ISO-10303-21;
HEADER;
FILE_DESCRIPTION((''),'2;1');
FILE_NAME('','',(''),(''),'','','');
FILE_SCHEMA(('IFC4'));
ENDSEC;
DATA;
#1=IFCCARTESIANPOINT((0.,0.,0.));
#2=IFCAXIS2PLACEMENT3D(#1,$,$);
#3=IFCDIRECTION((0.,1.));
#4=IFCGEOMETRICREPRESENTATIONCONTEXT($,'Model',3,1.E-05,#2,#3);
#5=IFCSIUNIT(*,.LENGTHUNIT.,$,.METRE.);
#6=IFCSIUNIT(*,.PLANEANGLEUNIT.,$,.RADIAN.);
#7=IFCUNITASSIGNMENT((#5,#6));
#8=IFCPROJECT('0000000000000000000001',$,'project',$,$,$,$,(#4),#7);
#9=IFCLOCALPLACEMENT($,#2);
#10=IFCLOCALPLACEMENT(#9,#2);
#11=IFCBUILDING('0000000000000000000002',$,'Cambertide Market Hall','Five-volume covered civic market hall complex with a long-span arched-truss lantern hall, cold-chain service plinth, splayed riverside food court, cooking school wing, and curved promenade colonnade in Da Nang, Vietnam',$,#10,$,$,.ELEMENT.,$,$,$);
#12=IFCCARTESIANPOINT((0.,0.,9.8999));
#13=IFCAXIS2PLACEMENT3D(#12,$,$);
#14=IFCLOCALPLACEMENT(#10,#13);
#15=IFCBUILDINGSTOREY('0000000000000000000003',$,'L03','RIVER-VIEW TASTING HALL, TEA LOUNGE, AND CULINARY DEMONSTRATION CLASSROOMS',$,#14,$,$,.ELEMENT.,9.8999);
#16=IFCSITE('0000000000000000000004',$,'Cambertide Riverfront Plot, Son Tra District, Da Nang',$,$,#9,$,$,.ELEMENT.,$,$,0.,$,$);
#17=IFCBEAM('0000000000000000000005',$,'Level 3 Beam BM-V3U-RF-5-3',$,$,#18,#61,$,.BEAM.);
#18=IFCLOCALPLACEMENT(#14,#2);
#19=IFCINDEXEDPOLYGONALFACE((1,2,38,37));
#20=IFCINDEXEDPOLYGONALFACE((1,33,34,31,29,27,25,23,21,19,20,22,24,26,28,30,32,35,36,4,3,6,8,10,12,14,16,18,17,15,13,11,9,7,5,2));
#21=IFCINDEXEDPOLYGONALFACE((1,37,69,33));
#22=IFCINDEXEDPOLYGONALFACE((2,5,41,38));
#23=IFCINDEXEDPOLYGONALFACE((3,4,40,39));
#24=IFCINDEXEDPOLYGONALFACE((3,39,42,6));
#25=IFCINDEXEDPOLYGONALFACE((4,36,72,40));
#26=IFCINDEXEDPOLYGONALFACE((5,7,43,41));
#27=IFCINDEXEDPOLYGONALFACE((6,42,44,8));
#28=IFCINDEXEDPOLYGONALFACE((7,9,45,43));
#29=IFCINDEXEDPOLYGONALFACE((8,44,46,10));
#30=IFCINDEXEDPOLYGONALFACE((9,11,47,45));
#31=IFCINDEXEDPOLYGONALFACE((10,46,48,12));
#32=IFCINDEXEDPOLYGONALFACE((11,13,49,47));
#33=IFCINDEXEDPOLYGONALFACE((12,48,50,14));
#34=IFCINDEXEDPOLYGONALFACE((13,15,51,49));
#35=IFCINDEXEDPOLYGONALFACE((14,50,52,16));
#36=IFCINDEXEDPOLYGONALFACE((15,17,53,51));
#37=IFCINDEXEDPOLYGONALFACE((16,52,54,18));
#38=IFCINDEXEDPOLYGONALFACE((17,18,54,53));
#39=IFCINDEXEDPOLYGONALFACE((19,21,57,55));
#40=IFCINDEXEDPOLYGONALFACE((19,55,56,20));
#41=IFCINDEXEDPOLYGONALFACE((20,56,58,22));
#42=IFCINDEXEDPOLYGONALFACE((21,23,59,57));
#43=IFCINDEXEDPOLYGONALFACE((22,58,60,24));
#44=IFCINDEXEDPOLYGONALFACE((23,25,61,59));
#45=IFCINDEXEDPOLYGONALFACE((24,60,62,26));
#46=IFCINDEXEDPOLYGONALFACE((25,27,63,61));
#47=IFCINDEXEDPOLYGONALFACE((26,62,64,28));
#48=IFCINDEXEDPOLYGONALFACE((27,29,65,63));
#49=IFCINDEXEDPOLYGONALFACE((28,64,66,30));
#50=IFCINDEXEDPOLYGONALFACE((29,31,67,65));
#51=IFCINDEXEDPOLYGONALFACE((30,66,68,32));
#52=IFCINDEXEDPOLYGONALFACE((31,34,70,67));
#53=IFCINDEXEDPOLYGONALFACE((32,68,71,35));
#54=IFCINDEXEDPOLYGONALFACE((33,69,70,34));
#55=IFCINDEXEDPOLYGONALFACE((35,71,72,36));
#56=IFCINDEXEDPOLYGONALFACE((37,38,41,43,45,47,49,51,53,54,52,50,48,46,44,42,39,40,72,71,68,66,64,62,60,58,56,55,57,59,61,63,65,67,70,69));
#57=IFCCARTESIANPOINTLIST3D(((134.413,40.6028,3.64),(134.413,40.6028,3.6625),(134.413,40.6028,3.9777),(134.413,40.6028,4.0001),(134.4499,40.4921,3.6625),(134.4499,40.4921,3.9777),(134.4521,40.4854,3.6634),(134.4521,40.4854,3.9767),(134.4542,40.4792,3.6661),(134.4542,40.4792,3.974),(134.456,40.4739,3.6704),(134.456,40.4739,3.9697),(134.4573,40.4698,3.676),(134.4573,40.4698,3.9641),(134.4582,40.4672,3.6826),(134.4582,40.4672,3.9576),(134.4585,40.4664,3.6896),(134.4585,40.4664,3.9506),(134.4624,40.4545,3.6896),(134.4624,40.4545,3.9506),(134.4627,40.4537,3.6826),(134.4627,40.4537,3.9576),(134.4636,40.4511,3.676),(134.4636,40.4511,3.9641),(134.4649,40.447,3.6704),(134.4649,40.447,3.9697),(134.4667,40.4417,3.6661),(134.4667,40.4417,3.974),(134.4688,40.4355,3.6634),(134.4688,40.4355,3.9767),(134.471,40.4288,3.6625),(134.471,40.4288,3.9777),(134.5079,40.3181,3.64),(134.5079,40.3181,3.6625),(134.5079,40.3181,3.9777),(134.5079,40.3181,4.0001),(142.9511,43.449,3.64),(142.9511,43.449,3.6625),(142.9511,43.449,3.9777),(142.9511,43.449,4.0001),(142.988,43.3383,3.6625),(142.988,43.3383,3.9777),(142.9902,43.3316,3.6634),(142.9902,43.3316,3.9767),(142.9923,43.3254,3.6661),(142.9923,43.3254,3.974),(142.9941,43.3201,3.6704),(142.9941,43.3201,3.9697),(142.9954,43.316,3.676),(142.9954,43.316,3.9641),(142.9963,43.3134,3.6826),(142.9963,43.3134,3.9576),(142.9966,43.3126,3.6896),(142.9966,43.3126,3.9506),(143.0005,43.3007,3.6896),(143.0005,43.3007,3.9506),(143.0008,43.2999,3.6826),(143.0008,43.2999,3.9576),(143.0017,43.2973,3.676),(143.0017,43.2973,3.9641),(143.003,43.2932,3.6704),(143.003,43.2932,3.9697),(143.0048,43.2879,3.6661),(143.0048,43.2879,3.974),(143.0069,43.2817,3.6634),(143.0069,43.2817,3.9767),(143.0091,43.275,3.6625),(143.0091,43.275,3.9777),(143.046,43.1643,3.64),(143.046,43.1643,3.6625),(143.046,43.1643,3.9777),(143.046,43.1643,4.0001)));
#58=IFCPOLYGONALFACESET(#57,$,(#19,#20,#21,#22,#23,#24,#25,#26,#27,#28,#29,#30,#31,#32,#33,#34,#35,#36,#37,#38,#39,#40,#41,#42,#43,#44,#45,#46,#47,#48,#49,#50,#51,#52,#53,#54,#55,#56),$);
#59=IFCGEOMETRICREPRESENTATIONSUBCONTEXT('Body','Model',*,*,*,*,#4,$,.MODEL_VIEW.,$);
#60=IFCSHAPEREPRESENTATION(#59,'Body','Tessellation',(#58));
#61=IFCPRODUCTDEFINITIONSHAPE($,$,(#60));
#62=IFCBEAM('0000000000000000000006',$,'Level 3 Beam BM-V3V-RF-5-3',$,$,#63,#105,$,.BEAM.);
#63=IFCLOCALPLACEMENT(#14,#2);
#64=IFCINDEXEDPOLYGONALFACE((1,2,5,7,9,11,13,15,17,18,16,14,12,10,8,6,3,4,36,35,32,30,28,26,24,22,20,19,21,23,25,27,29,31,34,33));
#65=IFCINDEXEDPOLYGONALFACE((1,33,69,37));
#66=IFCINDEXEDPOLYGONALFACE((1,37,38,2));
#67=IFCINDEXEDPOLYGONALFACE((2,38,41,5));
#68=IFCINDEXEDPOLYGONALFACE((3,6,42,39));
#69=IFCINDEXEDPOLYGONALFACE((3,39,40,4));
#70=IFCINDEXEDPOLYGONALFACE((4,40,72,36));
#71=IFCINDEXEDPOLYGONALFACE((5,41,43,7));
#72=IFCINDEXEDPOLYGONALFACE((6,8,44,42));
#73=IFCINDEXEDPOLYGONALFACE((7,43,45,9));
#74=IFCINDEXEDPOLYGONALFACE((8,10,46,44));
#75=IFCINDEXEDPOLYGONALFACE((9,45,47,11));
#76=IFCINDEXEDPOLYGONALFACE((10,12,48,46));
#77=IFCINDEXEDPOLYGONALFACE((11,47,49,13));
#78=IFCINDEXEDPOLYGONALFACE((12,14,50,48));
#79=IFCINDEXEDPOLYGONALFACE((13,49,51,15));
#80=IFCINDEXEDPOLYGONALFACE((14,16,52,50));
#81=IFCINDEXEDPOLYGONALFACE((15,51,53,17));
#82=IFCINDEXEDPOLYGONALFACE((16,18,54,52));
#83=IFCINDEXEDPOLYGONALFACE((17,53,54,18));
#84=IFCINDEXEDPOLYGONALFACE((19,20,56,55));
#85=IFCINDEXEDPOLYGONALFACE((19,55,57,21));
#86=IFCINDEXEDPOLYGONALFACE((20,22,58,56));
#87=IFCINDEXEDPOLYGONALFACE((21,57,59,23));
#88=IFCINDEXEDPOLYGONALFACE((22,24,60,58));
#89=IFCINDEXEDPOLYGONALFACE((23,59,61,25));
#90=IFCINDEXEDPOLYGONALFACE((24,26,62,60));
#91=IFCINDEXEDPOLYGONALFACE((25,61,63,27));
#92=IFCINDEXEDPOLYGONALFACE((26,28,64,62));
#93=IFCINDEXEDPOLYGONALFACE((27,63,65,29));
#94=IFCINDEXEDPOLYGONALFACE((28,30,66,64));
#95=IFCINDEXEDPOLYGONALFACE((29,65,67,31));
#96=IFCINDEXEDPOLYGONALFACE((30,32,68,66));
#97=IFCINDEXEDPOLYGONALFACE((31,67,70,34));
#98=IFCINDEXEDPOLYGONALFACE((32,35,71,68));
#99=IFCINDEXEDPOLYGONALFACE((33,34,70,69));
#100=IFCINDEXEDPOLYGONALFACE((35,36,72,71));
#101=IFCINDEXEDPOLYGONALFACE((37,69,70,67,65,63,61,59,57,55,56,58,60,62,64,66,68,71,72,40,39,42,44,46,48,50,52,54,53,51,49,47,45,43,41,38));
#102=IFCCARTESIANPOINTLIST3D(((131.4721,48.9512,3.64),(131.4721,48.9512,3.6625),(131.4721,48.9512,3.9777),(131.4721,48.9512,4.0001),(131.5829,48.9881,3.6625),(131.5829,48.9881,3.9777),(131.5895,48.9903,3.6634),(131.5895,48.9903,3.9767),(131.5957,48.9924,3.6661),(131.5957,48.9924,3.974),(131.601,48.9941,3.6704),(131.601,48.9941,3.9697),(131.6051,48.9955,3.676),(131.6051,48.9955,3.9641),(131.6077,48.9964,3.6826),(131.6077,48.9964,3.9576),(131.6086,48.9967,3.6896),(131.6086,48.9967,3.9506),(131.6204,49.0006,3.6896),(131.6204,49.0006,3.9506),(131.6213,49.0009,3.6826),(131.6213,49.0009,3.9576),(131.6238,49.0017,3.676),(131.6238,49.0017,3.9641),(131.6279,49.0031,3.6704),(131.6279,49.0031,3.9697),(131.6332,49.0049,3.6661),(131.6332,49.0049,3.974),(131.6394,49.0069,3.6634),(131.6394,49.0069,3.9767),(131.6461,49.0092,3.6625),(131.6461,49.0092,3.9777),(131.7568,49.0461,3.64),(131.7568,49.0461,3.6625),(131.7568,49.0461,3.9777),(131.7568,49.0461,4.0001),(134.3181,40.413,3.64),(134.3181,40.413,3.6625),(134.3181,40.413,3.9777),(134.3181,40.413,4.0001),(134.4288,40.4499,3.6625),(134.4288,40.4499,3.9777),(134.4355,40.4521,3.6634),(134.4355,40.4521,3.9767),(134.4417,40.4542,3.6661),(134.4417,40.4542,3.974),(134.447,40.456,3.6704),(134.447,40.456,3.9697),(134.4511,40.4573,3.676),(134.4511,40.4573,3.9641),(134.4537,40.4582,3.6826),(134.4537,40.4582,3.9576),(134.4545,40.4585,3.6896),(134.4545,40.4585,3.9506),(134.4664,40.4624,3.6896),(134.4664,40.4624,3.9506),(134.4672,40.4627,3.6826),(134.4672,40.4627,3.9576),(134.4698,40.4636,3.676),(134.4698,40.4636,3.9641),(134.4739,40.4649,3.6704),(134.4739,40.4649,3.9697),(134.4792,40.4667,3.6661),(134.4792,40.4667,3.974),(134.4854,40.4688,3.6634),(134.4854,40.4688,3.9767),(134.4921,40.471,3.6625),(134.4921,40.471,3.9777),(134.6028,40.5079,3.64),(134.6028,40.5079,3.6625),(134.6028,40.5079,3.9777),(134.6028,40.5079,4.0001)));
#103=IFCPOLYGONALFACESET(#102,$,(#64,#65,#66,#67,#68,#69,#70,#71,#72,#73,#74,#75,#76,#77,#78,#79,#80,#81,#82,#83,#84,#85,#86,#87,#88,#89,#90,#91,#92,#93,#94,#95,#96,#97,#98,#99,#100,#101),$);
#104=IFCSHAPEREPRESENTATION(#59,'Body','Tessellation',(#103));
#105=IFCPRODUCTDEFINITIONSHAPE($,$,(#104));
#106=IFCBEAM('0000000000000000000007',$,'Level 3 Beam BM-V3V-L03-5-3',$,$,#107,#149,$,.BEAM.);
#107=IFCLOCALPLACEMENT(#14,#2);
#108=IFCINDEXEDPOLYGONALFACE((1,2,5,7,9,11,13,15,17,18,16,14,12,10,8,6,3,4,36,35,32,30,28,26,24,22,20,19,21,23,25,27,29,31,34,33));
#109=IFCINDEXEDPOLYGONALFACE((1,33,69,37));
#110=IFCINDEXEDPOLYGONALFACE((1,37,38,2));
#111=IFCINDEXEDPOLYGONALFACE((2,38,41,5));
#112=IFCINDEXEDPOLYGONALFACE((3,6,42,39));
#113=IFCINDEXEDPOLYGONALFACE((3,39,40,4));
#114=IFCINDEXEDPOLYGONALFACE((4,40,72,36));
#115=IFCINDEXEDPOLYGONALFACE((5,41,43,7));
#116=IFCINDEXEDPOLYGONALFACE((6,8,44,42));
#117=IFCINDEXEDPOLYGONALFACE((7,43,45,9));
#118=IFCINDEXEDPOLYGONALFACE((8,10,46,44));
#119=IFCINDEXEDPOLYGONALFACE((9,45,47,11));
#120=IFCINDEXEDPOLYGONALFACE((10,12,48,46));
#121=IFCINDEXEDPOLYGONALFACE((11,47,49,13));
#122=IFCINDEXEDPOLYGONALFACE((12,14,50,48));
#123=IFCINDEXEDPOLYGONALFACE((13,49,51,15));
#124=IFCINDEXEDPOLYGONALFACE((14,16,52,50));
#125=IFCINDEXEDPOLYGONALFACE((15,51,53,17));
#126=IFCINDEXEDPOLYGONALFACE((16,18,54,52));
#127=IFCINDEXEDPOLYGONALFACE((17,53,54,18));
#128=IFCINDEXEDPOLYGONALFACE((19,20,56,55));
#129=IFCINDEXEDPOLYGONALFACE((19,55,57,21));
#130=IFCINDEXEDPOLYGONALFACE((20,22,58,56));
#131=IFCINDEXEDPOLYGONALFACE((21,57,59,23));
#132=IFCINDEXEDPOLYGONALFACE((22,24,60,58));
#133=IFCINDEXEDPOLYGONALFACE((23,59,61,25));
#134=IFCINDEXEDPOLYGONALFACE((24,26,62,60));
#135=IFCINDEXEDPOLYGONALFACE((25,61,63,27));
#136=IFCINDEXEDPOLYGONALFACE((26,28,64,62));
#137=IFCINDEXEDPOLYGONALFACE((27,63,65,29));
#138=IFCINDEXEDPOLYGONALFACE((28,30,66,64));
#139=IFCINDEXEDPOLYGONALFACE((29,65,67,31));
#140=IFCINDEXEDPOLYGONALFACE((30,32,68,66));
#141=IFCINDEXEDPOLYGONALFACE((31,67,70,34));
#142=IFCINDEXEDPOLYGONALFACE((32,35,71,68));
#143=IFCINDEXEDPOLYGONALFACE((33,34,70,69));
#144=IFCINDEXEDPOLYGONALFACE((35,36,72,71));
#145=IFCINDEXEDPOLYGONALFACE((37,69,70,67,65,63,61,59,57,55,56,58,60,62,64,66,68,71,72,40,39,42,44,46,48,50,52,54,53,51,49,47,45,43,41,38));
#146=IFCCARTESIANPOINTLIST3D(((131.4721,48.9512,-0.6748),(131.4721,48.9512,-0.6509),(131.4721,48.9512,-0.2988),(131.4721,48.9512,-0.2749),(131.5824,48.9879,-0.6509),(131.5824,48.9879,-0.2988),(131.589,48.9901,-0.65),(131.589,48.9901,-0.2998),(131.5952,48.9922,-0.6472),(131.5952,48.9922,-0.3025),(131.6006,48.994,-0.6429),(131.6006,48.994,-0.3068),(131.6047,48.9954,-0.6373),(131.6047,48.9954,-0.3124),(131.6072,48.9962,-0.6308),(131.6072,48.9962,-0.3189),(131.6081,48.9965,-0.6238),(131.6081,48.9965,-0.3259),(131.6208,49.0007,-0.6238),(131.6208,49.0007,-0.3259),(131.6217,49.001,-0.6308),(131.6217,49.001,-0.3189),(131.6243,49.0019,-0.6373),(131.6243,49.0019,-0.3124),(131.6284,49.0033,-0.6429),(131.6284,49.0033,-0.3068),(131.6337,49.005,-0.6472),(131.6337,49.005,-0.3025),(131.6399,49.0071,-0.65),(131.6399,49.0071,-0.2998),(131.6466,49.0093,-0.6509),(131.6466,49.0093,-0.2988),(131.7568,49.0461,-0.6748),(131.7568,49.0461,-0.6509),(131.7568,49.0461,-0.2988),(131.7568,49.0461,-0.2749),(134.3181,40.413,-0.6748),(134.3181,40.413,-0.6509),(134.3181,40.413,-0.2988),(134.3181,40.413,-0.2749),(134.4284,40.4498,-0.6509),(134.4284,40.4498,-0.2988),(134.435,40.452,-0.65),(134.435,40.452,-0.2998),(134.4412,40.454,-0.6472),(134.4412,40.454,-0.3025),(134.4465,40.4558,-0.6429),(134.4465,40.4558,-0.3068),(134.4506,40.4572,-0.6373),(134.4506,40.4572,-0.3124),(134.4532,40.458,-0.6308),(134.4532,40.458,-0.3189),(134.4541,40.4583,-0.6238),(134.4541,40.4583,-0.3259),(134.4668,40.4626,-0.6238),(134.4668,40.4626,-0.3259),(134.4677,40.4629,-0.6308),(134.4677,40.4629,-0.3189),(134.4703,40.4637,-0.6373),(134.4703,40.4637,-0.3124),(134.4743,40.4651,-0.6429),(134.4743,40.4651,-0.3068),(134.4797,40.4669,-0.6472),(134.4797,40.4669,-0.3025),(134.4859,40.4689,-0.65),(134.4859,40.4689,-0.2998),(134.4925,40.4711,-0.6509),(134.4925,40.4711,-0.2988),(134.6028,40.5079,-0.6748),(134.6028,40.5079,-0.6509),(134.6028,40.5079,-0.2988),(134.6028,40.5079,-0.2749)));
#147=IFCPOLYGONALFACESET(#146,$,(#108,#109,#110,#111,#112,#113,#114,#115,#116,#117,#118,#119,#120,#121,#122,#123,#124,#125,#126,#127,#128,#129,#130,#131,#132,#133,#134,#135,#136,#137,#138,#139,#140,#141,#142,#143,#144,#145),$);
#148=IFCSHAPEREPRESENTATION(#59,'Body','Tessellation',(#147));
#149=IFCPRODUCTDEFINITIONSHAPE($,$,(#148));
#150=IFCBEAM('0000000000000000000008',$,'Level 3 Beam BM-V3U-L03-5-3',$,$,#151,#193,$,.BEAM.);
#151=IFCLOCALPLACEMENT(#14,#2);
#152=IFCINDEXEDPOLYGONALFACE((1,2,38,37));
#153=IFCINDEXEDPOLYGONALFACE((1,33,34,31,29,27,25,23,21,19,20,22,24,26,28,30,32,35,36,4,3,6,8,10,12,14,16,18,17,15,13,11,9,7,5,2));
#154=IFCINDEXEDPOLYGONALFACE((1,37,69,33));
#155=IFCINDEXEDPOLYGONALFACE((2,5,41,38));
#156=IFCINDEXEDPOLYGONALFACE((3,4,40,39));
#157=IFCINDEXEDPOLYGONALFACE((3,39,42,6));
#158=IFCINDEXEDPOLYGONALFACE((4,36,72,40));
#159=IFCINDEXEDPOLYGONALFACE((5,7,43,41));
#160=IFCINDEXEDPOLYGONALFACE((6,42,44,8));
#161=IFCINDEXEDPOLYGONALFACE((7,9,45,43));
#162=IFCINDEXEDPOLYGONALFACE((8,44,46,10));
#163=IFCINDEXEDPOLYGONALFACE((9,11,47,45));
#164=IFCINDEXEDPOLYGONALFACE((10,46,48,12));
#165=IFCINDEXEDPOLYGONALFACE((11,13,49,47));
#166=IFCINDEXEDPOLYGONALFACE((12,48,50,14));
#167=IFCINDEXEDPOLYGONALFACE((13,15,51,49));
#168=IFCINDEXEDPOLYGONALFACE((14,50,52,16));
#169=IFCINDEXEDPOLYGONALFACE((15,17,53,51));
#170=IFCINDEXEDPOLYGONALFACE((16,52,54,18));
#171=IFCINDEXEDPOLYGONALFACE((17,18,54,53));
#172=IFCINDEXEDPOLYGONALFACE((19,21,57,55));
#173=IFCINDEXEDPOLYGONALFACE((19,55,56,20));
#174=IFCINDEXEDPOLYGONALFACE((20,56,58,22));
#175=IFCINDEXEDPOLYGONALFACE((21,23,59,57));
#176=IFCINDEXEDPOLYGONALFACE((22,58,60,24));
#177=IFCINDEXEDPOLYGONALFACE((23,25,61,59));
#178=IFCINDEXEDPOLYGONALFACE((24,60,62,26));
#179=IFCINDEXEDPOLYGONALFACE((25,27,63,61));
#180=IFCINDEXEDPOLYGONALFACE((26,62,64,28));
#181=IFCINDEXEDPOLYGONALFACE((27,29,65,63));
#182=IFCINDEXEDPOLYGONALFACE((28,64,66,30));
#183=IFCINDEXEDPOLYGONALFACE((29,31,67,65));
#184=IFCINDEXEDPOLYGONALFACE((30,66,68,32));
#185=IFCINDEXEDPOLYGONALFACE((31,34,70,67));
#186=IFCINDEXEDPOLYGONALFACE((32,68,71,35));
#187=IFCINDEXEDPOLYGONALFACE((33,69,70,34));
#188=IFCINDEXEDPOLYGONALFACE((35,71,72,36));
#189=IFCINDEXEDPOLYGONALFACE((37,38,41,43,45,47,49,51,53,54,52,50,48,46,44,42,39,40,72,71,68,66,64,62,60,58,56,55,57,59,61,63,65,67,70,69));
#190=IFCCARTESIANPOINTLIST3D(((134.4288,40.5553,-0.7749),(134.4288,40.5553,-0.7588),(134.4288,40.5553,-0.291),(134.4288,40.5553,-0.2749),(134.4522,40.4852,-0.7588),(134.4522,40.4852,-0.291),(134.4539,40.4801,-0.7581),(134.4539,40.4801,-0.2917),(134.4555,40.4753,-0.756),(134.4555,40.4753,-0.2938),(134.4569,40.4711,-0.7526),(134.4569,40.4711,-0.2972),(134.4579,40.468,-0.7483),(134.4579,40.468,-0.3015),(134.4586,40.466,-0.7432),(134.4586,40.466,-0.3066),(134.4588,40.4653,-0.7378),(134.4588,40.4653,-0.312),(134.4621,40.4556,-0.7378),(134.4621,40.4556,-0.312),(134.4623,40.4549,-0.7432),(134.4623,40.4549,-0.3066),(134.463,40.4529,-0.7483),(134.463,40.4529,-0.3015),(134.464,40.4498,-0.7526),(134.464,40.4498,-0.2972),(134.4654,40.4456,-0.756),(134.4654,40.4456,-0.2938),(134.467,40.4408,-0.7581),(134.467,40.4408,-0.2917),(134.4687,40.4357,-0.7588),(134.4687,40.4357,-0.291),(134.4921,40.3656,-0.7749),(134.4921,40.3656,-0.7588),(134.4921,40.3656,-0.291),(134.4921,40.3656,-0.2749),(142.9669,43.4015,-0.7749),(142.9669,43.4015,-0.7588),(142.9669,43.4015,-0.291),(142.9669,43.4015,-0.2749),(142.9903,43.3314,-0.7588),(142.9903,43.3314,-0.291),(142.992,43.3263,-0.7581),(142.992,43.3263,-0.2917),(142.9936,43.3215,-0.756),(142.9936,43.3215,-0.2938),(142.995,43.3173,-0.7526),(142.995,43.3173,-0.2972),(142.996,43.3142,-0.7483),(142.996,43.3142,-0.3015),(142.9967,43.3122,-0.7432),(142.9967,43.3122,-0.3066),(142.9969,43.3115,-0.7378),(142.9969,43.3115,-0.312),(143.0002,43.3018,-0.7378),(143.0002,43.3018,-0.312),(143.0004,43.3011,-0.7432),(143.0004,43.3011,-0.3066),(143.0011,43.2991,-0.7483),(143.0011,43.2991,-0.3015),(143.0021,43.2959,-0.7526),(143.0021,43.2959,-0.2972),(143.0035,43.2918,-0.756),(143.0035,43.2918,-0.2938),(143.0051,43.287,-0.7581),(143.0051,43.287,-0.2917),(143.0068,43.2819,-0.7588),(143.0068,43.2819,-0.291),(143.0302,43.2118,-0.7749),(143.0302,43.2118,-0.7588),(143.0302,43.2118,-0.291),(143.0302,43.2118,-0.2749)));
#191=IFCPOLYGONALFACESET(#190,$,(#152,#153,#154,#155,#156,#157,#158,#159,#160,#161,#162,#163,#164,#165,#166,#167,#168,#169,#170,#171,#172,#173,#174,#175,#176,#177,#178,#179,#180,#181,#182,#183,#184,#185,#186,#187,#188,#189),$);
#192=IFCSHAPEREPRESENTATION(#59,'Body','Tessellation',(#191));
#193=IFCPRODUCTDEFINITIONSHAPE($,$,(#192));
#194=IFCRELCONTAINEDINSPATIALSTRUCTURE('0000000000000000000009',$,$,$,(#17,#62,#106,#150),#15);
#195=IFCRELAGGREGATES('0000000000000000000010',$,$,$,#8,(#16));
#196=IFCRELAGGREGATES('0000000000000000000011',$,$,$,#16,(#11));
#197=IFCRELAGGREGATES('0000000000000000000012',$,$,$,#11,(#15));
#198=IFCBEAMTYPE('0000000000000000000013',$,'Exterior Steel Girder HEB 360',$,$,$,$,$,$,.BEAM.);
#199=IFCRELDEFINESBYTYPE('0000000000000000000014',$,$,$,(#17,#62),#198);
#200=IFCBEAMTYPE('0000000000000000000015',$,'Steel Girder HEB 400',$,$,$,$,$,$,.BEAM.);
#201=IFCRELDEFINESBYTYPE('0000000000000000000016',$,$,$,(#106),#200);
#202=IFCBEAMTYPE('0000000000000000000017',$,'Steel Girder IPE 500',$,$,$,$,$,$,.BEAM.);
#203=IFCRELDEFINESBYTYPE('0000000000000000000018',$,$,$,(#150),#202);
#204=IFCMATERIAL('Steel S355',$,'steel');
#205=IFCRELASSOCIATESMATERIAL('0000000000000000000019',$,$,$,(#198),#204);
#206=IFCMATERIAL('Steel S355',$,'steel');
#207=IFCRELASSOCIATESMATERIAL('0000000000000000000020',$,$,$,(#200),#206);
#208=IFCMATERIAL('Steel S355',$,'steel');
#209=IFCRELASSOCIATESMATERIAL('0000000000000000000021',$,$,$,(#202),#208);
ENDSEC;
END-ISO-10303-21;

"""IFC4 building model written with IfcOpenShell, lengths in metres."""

from ifc_helpers import new_model, si_unit, direction, frame, origin, origin_2d, place, context, subcontext, project, spatial, i_section, extrude, material, material_profile, profile_set, type_object, element, save


model = new_model("IFC4")

# Units and contexts
model_context = context("Model", 3, precision=1e-05, world=origin(), true_north=direction((0.0, 1.0)))
body_context = subcontext(model_context, "Body", "Model", "MODEL_VIEW")
ifc_project = project(units=[si_unit("LENGTHUNIT", "METRE"), si_unit("PLANEANGLEUNIT", "RADIAN")], contexts=[model_context])

# Site, building, storey
site_placement = place(None, origin())
site = spatial("IfcSite", under=ifc_project, at=site_placement, Name="Cambertide Riverfront Plot, Son Tra District, Da Nang", CompositionType="ELEMENT", RefElevation=0.0)
building_placement = place(site_placement, origin())
building = spatial("IfcBuilding", under=site, at=building_placement, Name="Cambertide Market Hall", Description="Five-volume covered civic market hall complex with a long-span arched-truss lantern hall, cold-chain service plinth, splayed riverside food court, cooking school wing, and curved promenade colonnade in Da Nang, Vietnam", CompositionType="ELEMENT")
storey_placement = place(building_placement, frame((0.0, 0.0, 9.8999)))
storey = spatial("IfcBuildingStorey", under=building, at=storey_placement, Name="L03", Description="RIVER-VIEW TASTING HALL, TEA LOUNGE, AND CULINARY DEMONSTRATION CLASSROOMS", CompositionType="ELEMENT", Elevation=9.8999)

# Beams
ifc_material_1 = material(Name="Steel S355", Category="steel")
ifc_material_profile_1 = material_profile(ifc_material_1, i_section(OverallWidth=0.3, OverallDepth=0.3601, WebThickness=0.0125, FlangeThickness=0.0225, FilletRadius=0.0271, at=origin_2d()), Name="HEB 360")
ifc_profile_set_1 = profile_set([ifc_material_profile_1], Name="Steel S355")
beam_type_1 = type_object("IfcBeamType", Name="Exterior Steel Girder HEB 360", PredefinedType="BEAM", material=ifc_profile_set_1)
for number, where, z_axis, x_axis, name in (
    (1, (134.4604, 40.4604, 3.8201), (0.948678, 0.316244, 0.0), (-0.316244, 0.948678, 0.0), "Level 3 Beam BM-V3U-RF-5-3"),
    (2, (134.4604, 40.4604, 3.8201), (-0.31622, 0.948686, 0.0), (-0.948686, -0.31622, 0.0), "Level 3 Beam BM-V3V-RF-5-3"),
):
    element("IfcBeam", number, at=place(storey_placement, frame(where, z_axis=z_axis, x_axis=x_axis)), inside=storey, type_object=beam_type_1, Name=name, PredefinedType="BEAM", context=body_context, shape_type="SweptSolid", body=[
        extrude(i_section(OverallWidth=0.3, OverallDepth=0.3601, WebThickness=0.0125, FlangeThickness=0.0225, FilletRadius=0.0271, at=origin_2d()), origin(), (0.0, 0.0, 1.0), 9.0),
    ])
ifc_material_2 = material(Name="Steel S355", Category="steel")
ifc_material_profile_2 = material_profile(ifc_material_2, i_section(OverallWidth=0.3, OverallDepth=0.3999, WebThickness=0.0134, FlangeThickness=0.0239, FilletRadius=0.0271, at=origin_2d()), Name="HEB 400")
ifc_profile_set_2 = profile_set([ifc_material_profile_2], Name="Steel S355")
beam_type_2 = type_object("IfcBeamType", Name="Steel Girder HEB 400", PredefinedType="BEAM", material=ifc_profile_set_2)
beam_1_placement = place(storey_placement, frame((134.4604, 40.4604, -0.4749), z_axis=(-0.31622, 0.948686, 0.0), x_axis=(-0.948686, -0.31622, 0.0)))
element("IfcBeam", 3, at=beam_1_placement, inside=storey, type_object=beam_type_2, Name="Level 3 Beam BM-V3V-L03-5-3", PredefinedType="BEAM", context=body_context, shape_type="SweptSolid", body=[
    extrude(i_section(OverallWidth=0.3, OverallDepth=0.3999, WebThickness=0.0134, FlangeThickness=0.0239, FilletRadius=0.0271, at=origin_2d()), origin(), (0.0, 0.0, 1.0), 9.0),
])
ifc_material_3 = material(Name="Steel S355", Category="steel")
ifc_material_profile_3 = material_profile(ifc_material_3, i_section(OverallWidth=0.2, OverallDepth=0.5, WebThickness=0.0103, FlangeThickness=0.0161, FilletRadius=0.021, at=origin_2d()), Name="IPE 500")
ifc_profile_set_3 = profile_set([ifc_material_profile_3], Name="Steel S355")
beam_type_3 = type_object("IfcBeamType", Name="Steel Girder IPE 500", PredefinedType="BEAM", material=ifc_profile_set_3)
beam_2_placement = place(storey_placement, frame((134.4604, 40.4604, -0.5249), z_axis=(0.948678, 0.316244, 0.0), x_axis=(-0.316244, 0.948678, 0.0)))
element("IfcBeam", 4, at=beam_2_placement, inside=storey, type_object=beam_type_3, Name="Level 3 Beam BM-V3U-L03-5-3", PredefinedType="BEAM", context=body_context, shape_type="SweptSolid", body=[
    extrude(i_section(OverallWidth=0.2, OverallDepth=0.5, WebThickness=0.0103, FlangeThickness=0.0161, FilletRadius=0.021, at=origin_2d()), origin(), (0.0, 0.0, 1.0), 9.0),
])

save(model, "model.ifc")
